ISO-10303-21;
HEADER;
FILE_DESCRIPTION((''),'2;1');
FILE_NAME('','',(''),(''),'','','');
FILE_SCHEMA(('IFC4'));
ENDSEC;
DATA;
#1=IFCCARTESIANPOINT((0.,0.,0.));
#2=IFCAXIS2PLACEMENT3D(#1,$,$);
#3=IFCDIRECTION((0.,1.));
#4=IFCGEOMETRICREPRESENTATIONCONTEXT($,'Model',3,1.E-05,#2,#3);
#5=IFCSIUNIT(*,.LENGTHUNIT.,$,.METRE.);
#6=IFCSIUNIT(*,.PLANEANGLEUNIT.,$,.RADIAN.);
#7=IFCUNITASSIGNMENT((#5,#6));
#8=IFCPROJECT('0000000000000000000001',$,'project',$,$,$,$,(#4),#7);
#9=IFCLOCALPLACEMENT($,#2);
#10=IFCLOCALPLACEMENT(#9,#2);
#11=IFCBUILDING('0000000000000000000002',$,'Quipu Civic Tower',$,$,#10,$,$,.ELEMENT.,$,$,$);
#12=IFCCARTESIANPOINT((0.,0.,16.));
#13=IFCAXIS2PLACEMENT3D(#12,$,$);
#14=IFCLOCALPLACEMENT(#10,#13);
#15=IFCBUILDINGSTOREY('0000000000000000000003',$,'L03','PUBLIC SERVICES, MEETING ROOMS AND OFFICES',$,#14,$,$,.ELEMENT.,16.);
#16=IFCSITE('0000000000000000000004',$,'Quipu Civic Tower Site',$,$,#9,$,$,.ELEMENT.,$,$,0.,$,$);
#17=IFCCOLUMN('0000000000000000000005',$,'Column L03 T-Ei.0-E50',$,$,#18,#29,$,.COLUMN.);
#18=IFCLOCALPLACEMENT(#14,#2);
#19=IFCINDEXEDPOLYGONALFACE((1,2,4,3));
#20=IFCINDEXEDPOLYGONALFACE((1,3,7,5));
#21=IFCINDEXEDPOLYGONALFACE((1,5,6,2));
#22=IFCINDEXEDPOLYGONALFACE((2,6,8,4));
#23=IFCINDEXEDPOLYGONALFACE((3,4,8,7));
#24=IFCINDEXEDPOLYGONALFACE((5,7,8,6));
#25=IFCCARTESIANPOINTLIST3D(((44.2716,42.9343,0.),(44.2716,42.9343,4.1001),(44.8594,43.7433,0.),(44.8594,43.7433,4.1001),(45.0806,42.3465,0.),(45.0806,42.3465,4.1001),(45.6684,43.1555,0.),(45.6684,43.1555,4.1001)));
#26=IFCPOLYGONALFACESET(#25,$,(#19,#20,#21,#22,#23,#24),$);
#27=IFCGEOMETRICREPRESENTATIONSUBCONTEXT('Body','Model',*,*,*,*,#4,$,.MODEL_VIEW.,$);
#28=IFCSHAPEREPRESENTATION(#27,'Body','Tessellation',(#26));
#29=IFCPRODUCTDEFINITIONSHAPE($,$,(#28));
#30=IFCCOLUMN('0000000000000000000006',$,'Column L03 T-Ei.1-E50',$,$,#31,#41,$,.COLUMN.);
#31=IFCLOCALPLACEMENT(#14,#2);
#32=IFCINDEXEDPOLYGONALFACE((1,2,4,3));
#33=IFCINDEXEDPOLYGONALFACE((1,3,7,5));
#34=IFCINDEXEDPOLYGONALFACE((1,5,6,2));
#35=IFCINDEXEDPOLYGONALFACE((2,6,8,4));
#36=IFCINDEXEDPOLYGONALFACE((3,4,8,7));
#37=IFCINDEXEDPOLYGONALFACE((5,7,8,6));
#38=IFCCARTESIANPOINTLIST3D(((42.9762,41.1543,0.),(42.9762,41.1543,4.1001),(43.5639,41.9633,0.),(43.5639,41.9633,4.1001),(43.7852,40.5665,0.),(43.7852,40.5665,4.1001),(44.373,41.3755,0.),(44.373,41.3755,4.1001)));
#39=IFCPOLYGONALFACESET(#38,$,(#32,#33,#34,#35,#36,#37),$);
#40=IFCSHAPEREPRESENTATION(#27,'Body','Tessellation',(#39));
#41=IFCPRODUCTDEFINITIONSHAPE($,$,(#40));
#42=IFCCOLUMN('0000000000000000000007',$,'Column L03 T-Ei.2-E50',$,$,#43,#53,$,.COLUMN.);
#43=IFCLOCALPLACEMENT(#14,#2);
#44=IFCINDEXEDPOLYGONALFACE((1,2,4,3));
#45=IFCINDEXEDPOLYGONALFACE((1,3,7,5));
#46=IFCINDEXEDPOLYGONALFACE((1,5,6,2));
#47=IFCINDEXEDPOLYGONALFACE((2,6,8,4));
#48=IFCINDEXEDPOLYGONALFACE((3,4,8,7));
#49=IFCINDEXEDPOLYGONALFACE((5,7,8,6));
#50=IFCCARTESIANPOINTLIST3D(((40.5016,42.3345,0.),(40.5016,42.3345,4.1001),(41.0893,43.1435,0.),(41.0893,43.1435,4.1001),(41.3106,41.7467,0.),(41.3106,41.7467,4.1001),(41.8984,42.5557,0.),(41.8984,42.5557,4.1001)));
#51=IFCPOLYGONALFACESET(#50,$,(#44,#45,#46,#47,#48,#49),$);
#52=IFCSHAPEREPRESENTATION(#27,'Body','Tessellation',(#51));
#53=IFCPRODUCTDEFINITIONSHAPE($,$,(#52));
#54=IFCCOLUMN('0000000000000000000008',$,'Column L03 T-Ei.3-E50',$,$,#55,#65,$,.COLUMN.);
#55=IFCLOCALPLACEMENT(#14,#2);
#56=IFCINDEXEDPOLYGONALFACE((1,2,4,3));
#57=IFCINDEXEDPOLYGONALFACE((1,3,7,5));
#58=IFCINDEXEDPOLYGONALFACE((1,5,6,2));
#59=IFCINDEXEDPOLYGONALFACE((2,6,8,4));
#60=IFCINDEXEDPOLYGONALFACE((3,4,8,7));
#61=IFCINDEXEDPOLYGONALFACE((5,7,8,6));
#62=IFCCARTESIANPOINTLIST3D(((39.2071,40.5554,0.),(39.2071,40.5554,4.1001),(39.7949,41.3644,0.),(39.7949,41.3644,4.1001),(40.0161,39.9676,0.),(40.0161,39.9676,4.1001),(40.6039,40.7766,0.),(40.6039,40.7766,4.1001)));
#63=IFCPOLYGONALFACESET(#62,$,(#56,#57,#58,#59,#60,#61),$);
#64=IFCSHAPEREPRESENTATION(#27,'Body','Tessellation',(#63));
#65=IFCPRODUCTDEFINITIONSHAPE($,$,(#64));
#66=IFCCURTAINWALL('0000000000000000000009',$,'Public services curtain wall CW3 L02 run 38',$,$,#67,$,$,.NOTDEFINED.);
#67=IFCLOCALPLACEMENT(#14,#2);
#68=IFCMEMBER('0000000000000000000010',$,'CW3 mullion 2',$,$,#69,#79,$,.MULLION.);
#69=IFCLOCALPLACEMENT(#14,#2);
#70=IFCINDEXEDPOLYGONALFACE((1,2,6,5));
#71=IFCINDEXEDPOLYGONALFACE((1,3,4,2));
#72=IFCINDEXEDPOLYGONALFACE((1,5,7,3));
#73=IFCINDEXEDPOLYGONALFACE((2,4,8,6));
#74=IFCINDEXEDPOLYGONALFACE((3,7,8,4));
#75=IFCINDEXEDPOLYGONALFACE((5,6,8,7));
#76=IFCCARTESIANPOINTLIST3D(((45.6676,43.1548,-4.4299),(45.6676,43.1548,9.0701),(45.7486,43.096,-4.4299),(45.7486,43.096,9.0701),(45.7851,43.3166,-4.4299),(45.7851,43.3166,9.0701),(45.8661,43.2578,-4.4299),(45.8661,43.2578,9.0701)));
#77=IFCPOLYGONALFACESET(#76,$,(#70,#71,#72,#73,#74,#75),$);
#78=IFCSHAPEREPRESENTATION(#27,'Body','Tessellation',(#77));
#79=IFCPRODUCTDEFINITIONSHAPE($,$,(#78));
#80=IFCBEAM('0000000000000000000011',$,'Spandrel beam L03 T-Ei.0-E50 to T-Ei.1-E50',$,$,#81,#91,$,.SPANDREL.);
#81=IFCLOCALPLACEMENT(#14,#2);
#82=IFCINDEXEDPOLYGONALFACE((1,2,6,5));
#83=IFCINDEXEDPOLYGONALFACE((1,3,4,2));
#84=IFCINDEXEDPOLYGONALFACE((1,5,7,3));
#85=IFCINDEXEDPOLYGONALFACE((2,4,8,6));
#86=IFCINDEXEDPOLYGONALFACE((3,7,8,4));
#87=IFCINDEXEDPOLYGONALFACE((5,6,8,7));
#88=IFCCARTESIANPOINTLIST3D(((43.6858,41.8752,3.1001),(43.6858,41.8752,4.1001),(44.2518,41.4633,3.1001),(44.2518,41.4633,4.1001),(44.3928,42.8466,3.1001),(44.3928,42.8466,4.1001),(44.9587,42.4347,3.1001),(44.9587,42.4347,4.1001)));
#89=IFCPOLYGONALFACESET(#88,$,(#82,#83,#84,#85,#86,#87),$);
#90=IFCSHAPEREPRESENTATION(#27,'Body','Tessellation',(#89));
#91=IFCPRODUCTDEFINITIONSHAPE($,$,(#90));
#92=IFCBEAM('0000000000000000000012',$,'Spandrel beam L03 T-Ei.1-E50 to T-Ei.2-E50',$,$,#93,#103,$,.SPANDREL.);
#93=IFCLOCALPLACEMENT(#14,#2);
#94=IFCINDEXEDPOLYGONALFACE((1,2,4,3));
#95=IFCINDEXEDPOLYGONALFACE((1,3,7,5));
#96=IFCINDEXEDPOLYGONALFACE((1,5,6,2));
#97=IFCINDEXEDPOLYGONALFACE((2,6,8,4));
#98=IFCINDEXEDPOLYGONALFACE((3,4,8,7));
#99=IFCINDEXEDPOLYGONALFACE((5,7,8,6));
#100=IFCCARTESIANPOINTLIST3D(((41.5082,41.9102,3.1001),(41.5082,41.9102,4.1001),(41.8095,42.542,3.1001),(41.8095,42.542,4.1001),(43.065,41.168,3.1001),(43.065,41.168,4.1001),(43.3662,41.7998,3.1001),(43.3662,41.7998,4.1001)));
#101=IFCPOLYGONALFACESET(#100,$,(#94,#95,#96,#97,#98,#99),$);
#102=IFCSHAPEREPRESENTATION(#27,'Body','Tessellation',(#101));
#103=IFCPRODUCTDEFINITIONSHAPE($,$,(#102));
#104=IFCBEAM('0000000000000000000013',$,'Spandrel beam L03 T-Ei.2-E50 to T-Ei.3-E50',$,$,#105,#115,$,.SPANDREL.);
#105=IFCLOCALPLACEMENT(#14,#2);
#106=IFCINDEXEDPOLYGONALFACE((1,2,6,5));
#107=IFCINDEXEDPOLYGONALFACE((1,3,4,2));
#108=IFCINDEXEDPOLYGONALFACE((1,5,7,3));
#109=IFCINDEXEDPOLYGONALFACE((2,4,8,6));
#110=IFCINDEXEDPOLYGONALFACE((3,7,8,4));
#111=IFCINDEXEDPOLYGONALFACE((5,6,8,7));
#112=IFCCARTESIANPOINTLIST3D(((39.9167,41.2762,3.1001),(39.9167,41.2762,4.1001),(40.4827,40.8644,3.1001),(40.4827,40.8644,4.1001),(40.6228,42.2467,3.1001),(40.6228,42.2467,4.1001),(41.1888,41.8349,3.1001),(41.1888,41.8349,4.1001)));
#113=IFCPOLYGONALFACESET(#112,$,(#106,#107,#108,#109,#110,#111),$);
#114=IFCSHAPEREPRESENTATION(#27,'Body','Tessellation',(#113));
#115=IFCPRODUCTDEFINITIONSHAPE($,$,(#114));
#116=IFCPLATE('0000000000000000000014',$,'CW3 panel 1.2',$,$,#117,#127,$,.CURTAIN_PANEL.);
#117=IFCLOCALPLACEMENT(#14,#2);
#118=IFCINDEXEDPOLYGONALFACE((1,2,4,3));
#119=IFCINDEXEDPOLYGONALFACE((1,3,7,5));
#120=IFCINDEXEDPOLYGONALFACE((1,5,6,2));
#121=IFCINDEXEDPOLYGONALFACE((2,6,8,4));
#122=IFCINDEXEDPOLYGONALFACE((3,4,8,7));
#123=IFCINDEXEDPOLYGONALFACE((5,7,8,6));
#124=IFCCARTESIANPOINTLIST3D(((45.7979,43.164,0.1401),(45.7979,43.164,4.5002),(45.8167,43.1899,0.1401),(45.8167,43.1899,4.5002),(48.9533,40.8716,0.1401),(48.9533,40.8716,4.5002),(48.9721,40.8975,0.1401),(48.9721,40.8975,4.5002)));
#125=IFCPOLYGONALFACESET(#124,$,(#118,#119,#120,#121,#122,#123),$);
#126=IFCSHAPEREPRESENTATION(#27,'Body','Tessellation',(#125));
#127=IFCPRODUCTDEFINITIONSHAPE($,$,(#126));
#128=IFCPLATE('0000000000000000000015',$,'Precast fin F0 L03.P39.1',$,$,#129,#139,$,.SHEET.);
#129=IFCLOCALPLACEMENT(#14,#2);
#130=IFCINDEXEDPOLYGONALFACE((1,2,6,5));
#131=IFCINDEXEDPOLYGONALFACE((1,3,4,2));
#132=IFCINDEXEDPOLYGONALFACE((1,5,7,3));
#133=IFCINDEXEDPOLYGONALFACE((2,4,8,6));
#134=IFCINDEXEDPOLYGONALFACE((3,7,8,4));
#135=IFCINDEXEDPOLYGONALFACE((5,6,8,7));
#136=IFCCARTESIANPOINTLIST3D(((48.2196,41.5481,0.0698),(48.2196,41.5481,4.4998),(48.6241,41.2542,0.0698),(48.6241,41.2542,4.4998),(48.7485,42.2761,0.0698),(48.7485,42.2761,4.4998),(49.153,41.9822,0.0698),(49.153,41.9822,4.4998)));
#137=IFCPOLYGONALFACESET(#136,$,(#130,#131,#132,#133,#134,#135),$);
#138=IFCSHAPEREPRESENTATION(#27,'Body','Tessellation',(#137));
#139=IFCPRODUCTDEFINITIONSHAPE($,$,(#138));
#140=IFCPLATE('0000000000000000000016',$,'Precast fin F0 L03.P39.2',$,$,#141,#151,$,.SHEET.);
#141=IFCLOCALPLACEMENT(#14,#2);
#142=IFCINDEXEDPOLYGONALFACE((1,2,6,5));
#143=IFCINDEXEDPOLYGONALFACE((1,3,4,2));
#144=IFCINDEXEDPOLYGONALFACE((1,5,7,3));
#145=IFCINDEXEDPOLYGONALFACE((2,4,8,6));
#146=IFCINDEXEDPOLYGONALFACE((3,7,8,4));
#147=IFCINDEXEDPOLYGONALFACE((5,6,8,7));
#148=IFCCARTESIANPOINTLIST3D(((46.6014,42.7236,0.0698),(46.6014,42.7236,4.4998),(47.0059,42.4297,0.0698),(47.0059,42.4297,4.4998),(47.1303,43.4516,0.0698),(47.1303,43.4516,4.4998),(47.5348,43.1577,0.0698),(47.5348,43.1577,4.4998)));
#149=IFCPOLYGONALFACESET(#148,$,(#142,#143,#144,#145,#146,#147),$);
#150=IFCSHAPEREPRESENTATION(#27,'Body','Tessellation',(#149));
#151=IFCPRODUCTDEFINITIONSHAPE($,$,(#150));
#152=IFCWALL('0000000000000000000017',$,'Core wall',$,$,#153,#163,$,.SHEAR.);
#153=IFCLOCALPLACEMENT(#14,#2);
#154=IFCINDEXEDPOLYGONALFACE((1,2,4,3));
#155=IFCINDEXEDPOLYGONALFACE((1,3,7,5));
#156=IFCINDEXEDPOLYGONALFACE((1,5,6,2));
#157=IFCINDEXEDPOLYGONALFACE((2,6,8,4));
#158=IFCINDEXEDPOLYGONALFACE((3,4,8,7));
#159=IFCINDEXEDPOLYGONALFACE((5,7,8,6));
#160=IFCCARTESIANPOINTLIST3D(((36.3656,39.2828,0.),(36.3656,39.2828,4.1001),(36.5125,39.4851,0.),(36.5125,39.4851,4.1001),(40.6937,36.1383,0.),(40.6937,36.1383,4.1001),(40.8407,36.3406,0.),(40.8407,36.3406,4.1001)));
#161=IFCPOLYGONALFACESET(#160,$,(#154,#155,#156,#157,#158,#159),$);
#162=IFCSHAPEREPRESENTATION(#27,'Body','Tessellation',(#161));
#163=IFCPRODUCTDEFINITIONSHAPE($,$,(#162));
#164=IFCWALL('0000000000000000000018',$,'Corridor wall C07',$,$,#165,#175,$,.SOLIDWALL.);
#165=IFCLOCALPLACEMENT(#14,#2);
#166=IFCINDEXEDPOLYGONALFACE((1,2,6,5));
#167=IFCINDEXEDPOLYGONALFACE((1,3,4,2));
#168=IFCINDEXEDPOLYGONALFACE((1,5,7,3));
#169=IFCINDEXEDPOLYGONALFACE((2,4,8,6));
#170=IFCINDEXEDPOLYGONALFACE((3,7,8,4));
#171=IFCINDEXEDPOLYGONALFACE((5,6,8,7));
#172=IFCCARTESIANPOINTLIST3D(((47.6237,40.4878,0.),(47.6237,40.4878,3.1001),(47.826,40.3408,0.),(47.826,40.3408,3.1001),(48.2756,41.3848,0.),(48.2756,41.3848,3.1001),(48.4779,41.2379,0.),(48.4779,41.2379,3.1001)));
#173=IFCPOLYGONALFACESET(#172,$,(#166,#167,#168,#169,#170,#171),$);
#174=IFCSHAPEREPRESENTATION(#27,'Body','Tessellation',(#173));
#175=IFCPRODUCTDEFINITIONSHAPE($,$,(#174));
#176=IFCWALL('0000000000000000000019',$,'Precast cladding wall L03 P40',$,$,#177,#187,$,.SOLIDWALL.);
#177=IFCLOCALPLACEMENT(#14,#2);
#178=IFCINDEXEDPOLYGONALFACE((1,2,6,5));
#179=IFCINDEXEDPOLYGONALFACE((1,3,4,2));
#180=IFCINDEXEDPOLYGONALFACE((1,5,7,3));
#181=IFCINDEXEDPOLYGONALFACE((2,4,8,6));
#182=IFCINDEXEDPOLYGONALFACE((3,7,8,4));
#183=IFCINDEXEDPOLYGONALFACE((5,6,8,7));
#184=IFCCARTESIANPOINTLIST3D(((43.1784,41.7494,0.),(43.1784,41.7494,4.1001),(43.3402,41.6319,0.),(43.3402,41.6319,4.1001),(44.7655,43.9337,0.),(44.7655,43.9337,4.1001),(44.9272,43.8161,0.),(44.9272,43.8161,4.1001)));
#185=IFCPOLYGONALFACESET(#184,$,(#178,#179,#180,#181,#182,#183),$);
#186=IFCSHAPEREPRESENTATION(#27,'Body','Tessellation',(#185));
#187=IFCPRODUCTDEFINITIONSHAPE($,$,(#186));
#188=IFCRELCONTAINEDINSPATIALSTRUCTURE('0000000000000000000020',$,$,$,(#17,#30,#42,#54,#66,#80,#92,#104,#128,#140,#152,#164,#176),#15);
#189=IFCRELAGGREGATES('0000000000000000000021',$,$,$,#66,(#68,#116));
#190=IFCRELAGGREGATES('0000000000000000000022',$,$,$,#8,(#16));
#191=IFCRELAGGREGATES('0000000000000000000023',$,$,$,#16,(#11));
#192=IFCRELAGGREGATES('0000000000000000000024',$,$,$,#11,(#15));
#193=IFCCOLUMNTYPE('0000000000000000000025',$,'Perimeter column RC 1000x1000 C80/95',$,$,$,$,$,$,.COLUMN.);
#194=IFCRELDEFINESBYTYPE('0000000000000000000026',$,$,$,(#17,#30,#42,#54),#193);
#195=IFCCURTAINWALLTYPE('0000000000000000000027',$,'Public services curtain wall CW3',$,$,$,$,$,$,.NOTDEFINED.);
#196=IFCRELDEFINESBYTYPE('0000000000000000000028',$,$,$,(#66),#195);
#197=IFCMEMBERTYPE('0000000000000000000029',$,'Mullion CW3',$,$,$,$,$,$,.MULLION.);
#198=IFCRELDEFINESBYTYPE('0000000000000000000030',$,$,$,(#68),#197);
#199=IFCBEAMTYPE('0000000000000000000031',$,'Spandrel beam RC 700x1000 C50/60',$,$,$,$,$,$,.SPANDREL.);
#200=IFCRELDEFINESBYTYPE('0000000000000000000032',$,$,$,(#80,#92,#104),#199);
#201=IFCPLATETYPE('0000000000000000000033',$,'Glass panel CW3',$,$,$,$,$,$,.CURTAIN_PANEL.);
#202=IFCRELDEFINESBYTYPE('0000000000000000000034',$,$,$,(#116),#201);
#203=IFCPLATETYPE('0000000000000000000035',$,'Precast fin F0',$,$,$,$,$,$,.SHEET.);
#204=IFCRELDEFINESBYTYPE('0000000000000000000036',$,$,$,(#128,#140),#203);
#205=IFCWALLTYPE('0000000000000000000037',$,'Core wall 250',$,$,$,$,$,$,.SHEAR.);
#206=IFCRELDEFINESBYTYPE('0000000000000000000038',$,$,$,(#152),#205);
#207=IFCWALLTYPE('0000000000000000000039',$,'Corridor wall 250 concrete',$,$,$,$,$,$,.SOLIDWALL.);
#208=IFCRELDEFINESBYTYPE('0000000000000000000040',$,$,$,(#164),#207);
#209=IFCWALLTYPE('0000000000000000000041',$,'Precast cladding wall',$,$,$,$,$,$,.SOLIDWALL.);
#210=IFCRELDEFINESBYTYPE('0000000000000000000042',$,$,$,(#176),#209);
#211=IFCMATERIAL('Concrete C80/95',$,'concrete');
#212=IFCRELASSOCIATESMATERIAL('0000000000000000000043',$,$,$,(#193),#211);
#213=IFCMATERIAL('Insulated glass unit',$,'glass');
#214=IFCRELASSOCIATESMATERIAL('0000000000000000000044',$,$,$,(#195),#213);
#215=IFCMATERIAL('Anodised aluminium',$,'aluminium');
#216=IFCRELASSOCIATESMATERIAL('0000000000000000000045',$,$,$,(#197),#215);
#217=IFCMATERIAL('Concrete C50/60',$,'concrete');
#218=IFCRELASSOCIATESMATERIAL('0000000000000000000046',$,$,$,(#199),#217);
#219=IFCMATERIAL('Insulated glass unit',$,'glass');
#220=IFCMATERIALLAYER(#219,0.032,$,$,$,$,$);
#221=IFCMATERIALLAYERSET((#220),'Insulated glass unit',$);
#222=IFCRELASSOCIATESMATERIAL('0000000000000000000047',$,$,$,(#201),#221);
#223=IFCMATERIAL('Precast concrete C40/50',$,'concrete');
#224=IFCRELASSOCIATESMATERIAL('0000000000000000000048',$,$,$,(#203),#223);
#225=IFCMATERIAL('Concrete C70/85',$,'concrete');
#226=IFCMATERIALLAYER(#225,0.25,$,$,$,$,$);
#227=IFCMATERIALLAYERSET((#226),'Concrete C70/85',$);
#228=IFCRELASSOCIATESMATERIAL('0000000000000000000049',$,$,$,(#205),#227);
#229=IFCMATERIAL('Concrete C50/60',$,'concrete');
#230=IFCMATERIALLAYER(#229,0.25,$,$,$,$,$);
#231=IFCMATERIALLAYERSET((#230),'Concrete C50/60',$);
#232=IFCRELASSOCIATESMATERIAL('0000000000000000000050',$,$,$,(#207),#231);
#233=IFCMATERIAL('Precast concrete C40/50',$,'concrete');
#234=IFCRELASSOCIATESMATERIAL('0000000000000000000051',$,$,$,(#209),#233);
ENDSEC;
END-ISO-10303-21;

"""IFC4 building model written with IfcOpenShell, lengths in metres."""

from ifc_helpers import new_model, si_unit, direction, frame, frame_2d, origin, origin_2d, place, context, subcontext, project, spatial, rectangle, extrude, material, layer, layer_set, material_profile, profile_set, type_object, element, aggregate, save


model = new_model("IFC4")

# Units and contexts
model_context = context("Model", 3, precision=1e-05, world=origin(), true_north=direction((0.0, 1.0)))
body_context = subcontext(model_context, "Body", "Model", "MODEL_VIEW")
ifc_project = project(units=[si_unit("LENGTHUNIT", "METRE"), si_unit("PLANEANGLEUNIT", "RADIAN")], contexts=[model_context])

# Site, building, storey
site_placement = place(None, origin())
site = spatial("IfcSite", under=ifc_project, at=site_placement, Name="Quipu Civic Tower Site", CompositionType="ELEMENT", RefElevation=0.0)
building_placement = place(site_placement, origin())
building = spatial("IfcBuilding", under=site, at=building_placement, Name="Quipu Civic Tower", CompositionType="ELEMENT")
storey_placement = place(building_placement, frame((0.0, 0.0, 16.0)))
storey = spatial("IfcBuildingStorey", under=building, at=storey_placement, Name="L03", Description="PUBLIC SERVICES, MEETING ROOMS AND OFFICES", CompositionType="ELEMENT", Elevation=16.0)

# Columns
ifc_material_1 = material(Name="Concrete C80/95", Category="concrete")
ifc_material_profile_1 = material_profile(ifc_material_1, rectangle(XDim=1.0, YDim=1.0, at=origin_2d()), Name="RC1000x1000")
ifc_profile_set_1 = profile_set([ifc_material_profile_1], Name="Concrete C80/95")
column_type = type_object("IfcColumnType", Name="Perimeter column RC 1000x1000 C80/95", PredefinedType="COLUMN", material=ifc_profile_set_1)
for number, where, z_axis, x_axis, name in (
    (1, (44.97, 43.0449, 0.0), (0.0, 0.0, 1.0), (-0.809017, 0.587785, 0.0), "Column L03 T-Ei.0-E50"),
    (2, (43.6746, 41.2649, 0.0), (0.0, 0.0, 1.0), (-0.809017, 0.587785, 0.0), "Column L03 T-Ei.1-E50"),
    (3, (41.2, 42.4451, 0.0), (0.0, 0.0, 1.0), (-0.587785, -0.809017, 0.0), "Column L03 T-Ei.2-E50"),
    (4, (39.9055, 40.666, 0.0), (0.0, 0.0, 1.0), (-0.587785, -0.809017, 0.0), "Column L03 T-Ei.3-E50"),
):
    element("IfcColumn", number, at=place(storey_placement, frame(where, z_axis=z_axis, x_axis=x_axis)), inside=storey, type_object=column_type, Name=name, PredefinedType="COLUMN", context=body_context, shape_type="SweptSolid", body=[
        extrude(rectangle(XDim=1.0, YDim=1.0, at=origin_2d()), origin(), (0.0, 0.0, 1.0), 4.1001),
    ])

# Curtain wall, member
ifc_material_2 = material(Name="Insulated glass unit", Category="glass")
curtain_wall_type = type_object("IfcCurtainWallType", Name="Public services curtain wall CW3", PredefinedType="NOTDEFINED", material=ifc_material_2)
curtain_wall_placement = place(storey_placement, origin())
curtain_wall = element("IfcCurtainWall", 5, at=curtain_wall_placement, inside=storey, type_object=curtain_wall_type, Name="Public services curtain wall CW3 L02 run 38", PredefinedType="NOTDEFINED")
ifc_material_3 = material(Name="Anodised aluminium", Category="aluminium")
ifc_material_profile_2 = material_profile(ifc_material_3, rectangle(XDim=0.2, YDim=0.1001, at=origin_2d()), Name="RECT 200x100")
ifc_profile_set_2 = profile_set([ifc_material_profile_2], Name="Anodised aluminium")
member_type = type_object("IfcMemberType", Name="Mullion CW3", PredefinedType="MULLION", material=ifc_profile_set_2)
member_placement = place(storey_placement, frame((45.7668, 43.2063, -4.4299), z_axis=(0.0, 0.0, 1.0), x_axis=(-0.587767, -0.80903, 0.0)))
member = element("IfcMember", 6, at=member_placement, type_object=member_type, Name="CW3 mullion 2", PredefinedType="MULLION", context=body_context, shape_type="SweptSolid", body=[
    extrude(rectangle(XDim=0.2, YDim=0.1001, at=origin_2d()), origin(), (0.0, 0.0, 1.0), 13.5),
])

# Beams
ifc_material_4 = material(Name="Concrete C50/60", Category="concrete")
ifc_material_profile_3 = material_profile(ifc_material_4, rectangle(XDim=0.7, YDim=1.0, at=origin_2d()), Name="RC700x1000")
ifc_profile_set_3 = profile_set([ifc_material_profile_3], Name="Concrete C50/60")
beam_type = type_object("IfcBeamType", Name="Spandrel beam RC 700x1000 C50/60", PredefinedType="SPANDREL", material=ifc_profile_set_3)
beam_1_placement = place(storey_placement, frame((44.6758, 42.6406, 3.6001), z_axis=(-0.588462, -0.808525, 0.0), x_axis=(0.808525, -0.588462, 0.0)))
element("IfcBeam", 7, at=beam_1_placement, inside=storey, type_object=beam_type, Name="Spandrel beam L03 T-Ei.0-E50 to T-Ei.1-E50", PredefinedType="SPANDREL", context=body_context, shape_type="SweptSolid", body=[
    extrude(rectangle(XDim=0.7, YDim=1.0, at=origin_2d()), origin(), (0.0, 0.0, 1.0), 1.2014),
])
beam_2_placement = place(storey_placement, frame((43.2156, 41.4839, 3.6001), z_axis=(-0.902651, 0.430373, 0.0), x_axis=(-0.430373, -0.902651, 0.0)))
element("IfcBeam", 8, at=beam_2_placement, inside=storey, type_object=beam_type, Name="Spandrel beam L03 T-Ei.1-E50 to T-Ei.2-E50", PredefinedType="SPANDREL", context=body_context, shape_type="SweptSolid", body=[
    extrude(rectangle(XDim=0.7, YDim=1.0, at=origin_2d()), origin(), (0.0, 0.0, 1.0), 1.7246),
])
beam_3_placement = place(storey_placement, frame((40.9058, 42.0408, 3.6001), z_axis=(-0.588317, -0.808631, 0.0), x_axis=(0.808631, -0.588317, 0.0)))
element("IfcBeam", 9, at=beam_3_placement, inside=storey, type_object=beam_type, Name="Spandrel beam L03 T-Ei.2-E50 to T-Ei.3-E50", PredefinedType="SPANDREL", context=body_context, shape_type="SweptSolid", body=[
    extrude(rectangle(XDim=0.7, YDim=1.0, at=origin_2d()), origin(), (0.0, 0.0, 1.0), 1.2002),
])

# Plate
ifc_material_5 = material(Name="Insulated glass unit", Category="glass")
ifc_layer_1 = layer(ifc_material_5, 0.032)
ifc_layer_set_1 = layer_set([ifc_layer_1], Name="Insulated glass unit")
plate_type_1 = type_object("IfcPlateType", Name="Glass panel CW3", PredefinedType="CURTAIN_PANEL", material=ifc_layer_set_1)
plate_placement = place(storey_placement, frame((47.385, 42.0308, 0.1401), z_axis=(0.0, 0.0, 1.0), x_axis=(-0.80903, 0.587767, 0.0)))
plate = element("IfcPlate", 10, at=plate_placement, type_object=plate_type_1, Name="CW3 panel 1.2", PredefinedType="CURTAIN_PANEL", context=body_context, shape_type="SweptSolid", body=[
    extrude(rectangle(XDim=3.9001, YDim=0.032, at=origin_2d()), origin(), (0.0, 0.0, 1.0), 4.3601),
])
aggregate(curtain_wall, [member, plate])

# Plates
ifc_material_6 = material(Name="Precast concrete C40/50", Category="concrete")
plate_type_2 = type_object("IfcPlateType", Name="Precast fin F0", PredefinedType="SHEET", material=ifc_material_6)
for number, where, z_axis, x_axis, name in (
    (11, (48.6863, 41.7651, 0.0698), (0.0, 0.0, 1.0), (-0.809021, 0.587779, 0.0), "Precast fin F0 L03.P39.1"),
    (12, (47.0681, 42.9407, 0.0698), (0.0, 0.0, 1.0), (-0.809021, 0.587779, 0.0), "Precast fin F0 L03.P39.2"),
):
    element("IfcPlate", number, at=place(storey_placement, frame(where, z_axis=z_axis, x_axis=x_axis)), inside=storey, type_object=plate_type_2, Name=name, PredefinedType="SHEET", context=body_context, shape_type="SweptSolid", body=[
        extrude(rectangle(XDim=0.5, YDim=0.8999, at=origin_2d()), origin(), (0.0, 0.0, 1.0), 4.4299),
    ])

# Walls
ifc_material_7 = material(Name="Concrete C70/85", Category="concrete")
ifc_layer_2 = layer(ifc_material_7, 0.25)
ifc_layer_set_2 = layer_set([ifc_layer_2], Name="Concrete C70/85")
wall_type_1 = type_object("IfcWallType", Name="Core wall 250", PredefinedType="SHEAR", material=ifc_layer_set_2)
wall_1_placement = place(storey_placement, frame((40.7671, 36.2395, 0.0), z_axis=(0.0, 0.0, 1.0), x_axis=(-0.80902, 0.587781, 0.0)))
element("IfcWall", 13, at=wall_1_placement, inside=storey, type_object=wall_type_1, Name="Core wall", PredefinedType="SHEAR", context=body_context, shape_type="SweptSolid", body=[
    extrude(rectangle(XDim=5.3499, YDim=0.25, at=frame_2d((2.6748, 0.0))), origin(), (0.0, 0.0, 1.0), 4.1001),
])
ifc_material_8 = material(Name="Concrete C50/60", Category="concrete")
ifc_layer_3 = layer(ifc_material_8, 0.25)
ifc_layer_set_3 = layer_set([ifc_layer_3], Name="Concrete C50/60")
wall_type_2 = type_object("IfcWallType", Name="Corridor wall 250 concrete", PredefinedType="SOLIDWALL", material=ifc_layer_set_3)
wall_2_placement = place(storey_placement, frame((47.7249, 40.4143, 0.0), z_axis=(0.0, 0.0, 1.0), x_axis=(0.587884, 0.808946, 0.0)))
element("IfcWall", 14, at=wall_2_placement, inside=storey, type_object=wall_type_2, Name="Corridor wall C07", PredefinedType="SOLIDWALL", context=body_context, shape_type="SweptSolid", body=[
    extrude(rectangle(XDim=1.1089, YDim=0.25, at=frame_2d((0.5544, 0.0))), origin(), (0.0, 0.0, 1.0), 3.1001),
])
ifc_material_9 = material(Name="Precast concrete C40/50", Category="concrete")
wall_type_3 = type_object("IfcWallType", Name="Precast cladding wall", PredefinedType="SOLIDWALL", material=ifc_material_9)
wall_3_placement = place(storey_placement, frame((44.8464, 43.875, 0.0), z_axis=(0.0, 0.0, 1.0), x_axis=(-0.587822, -0.80899, 0.0)))
element("IfcWall", 15, at=wall_3_placement, inside=storey, type_object=wall_type_3, Name="Precast cladding wall L03 P40", PredefinedType="SOLIDWALL", context=body_context, shape_type="SweptSolid", body=[
    extrude(rectangle(XDim=2.7, YDim=0.2, at=frame_2d((1.3501, 0.0))), origin(), (0.0, 0.0, 1.0), 4.1001),
])

save(model, "model.ifc")
